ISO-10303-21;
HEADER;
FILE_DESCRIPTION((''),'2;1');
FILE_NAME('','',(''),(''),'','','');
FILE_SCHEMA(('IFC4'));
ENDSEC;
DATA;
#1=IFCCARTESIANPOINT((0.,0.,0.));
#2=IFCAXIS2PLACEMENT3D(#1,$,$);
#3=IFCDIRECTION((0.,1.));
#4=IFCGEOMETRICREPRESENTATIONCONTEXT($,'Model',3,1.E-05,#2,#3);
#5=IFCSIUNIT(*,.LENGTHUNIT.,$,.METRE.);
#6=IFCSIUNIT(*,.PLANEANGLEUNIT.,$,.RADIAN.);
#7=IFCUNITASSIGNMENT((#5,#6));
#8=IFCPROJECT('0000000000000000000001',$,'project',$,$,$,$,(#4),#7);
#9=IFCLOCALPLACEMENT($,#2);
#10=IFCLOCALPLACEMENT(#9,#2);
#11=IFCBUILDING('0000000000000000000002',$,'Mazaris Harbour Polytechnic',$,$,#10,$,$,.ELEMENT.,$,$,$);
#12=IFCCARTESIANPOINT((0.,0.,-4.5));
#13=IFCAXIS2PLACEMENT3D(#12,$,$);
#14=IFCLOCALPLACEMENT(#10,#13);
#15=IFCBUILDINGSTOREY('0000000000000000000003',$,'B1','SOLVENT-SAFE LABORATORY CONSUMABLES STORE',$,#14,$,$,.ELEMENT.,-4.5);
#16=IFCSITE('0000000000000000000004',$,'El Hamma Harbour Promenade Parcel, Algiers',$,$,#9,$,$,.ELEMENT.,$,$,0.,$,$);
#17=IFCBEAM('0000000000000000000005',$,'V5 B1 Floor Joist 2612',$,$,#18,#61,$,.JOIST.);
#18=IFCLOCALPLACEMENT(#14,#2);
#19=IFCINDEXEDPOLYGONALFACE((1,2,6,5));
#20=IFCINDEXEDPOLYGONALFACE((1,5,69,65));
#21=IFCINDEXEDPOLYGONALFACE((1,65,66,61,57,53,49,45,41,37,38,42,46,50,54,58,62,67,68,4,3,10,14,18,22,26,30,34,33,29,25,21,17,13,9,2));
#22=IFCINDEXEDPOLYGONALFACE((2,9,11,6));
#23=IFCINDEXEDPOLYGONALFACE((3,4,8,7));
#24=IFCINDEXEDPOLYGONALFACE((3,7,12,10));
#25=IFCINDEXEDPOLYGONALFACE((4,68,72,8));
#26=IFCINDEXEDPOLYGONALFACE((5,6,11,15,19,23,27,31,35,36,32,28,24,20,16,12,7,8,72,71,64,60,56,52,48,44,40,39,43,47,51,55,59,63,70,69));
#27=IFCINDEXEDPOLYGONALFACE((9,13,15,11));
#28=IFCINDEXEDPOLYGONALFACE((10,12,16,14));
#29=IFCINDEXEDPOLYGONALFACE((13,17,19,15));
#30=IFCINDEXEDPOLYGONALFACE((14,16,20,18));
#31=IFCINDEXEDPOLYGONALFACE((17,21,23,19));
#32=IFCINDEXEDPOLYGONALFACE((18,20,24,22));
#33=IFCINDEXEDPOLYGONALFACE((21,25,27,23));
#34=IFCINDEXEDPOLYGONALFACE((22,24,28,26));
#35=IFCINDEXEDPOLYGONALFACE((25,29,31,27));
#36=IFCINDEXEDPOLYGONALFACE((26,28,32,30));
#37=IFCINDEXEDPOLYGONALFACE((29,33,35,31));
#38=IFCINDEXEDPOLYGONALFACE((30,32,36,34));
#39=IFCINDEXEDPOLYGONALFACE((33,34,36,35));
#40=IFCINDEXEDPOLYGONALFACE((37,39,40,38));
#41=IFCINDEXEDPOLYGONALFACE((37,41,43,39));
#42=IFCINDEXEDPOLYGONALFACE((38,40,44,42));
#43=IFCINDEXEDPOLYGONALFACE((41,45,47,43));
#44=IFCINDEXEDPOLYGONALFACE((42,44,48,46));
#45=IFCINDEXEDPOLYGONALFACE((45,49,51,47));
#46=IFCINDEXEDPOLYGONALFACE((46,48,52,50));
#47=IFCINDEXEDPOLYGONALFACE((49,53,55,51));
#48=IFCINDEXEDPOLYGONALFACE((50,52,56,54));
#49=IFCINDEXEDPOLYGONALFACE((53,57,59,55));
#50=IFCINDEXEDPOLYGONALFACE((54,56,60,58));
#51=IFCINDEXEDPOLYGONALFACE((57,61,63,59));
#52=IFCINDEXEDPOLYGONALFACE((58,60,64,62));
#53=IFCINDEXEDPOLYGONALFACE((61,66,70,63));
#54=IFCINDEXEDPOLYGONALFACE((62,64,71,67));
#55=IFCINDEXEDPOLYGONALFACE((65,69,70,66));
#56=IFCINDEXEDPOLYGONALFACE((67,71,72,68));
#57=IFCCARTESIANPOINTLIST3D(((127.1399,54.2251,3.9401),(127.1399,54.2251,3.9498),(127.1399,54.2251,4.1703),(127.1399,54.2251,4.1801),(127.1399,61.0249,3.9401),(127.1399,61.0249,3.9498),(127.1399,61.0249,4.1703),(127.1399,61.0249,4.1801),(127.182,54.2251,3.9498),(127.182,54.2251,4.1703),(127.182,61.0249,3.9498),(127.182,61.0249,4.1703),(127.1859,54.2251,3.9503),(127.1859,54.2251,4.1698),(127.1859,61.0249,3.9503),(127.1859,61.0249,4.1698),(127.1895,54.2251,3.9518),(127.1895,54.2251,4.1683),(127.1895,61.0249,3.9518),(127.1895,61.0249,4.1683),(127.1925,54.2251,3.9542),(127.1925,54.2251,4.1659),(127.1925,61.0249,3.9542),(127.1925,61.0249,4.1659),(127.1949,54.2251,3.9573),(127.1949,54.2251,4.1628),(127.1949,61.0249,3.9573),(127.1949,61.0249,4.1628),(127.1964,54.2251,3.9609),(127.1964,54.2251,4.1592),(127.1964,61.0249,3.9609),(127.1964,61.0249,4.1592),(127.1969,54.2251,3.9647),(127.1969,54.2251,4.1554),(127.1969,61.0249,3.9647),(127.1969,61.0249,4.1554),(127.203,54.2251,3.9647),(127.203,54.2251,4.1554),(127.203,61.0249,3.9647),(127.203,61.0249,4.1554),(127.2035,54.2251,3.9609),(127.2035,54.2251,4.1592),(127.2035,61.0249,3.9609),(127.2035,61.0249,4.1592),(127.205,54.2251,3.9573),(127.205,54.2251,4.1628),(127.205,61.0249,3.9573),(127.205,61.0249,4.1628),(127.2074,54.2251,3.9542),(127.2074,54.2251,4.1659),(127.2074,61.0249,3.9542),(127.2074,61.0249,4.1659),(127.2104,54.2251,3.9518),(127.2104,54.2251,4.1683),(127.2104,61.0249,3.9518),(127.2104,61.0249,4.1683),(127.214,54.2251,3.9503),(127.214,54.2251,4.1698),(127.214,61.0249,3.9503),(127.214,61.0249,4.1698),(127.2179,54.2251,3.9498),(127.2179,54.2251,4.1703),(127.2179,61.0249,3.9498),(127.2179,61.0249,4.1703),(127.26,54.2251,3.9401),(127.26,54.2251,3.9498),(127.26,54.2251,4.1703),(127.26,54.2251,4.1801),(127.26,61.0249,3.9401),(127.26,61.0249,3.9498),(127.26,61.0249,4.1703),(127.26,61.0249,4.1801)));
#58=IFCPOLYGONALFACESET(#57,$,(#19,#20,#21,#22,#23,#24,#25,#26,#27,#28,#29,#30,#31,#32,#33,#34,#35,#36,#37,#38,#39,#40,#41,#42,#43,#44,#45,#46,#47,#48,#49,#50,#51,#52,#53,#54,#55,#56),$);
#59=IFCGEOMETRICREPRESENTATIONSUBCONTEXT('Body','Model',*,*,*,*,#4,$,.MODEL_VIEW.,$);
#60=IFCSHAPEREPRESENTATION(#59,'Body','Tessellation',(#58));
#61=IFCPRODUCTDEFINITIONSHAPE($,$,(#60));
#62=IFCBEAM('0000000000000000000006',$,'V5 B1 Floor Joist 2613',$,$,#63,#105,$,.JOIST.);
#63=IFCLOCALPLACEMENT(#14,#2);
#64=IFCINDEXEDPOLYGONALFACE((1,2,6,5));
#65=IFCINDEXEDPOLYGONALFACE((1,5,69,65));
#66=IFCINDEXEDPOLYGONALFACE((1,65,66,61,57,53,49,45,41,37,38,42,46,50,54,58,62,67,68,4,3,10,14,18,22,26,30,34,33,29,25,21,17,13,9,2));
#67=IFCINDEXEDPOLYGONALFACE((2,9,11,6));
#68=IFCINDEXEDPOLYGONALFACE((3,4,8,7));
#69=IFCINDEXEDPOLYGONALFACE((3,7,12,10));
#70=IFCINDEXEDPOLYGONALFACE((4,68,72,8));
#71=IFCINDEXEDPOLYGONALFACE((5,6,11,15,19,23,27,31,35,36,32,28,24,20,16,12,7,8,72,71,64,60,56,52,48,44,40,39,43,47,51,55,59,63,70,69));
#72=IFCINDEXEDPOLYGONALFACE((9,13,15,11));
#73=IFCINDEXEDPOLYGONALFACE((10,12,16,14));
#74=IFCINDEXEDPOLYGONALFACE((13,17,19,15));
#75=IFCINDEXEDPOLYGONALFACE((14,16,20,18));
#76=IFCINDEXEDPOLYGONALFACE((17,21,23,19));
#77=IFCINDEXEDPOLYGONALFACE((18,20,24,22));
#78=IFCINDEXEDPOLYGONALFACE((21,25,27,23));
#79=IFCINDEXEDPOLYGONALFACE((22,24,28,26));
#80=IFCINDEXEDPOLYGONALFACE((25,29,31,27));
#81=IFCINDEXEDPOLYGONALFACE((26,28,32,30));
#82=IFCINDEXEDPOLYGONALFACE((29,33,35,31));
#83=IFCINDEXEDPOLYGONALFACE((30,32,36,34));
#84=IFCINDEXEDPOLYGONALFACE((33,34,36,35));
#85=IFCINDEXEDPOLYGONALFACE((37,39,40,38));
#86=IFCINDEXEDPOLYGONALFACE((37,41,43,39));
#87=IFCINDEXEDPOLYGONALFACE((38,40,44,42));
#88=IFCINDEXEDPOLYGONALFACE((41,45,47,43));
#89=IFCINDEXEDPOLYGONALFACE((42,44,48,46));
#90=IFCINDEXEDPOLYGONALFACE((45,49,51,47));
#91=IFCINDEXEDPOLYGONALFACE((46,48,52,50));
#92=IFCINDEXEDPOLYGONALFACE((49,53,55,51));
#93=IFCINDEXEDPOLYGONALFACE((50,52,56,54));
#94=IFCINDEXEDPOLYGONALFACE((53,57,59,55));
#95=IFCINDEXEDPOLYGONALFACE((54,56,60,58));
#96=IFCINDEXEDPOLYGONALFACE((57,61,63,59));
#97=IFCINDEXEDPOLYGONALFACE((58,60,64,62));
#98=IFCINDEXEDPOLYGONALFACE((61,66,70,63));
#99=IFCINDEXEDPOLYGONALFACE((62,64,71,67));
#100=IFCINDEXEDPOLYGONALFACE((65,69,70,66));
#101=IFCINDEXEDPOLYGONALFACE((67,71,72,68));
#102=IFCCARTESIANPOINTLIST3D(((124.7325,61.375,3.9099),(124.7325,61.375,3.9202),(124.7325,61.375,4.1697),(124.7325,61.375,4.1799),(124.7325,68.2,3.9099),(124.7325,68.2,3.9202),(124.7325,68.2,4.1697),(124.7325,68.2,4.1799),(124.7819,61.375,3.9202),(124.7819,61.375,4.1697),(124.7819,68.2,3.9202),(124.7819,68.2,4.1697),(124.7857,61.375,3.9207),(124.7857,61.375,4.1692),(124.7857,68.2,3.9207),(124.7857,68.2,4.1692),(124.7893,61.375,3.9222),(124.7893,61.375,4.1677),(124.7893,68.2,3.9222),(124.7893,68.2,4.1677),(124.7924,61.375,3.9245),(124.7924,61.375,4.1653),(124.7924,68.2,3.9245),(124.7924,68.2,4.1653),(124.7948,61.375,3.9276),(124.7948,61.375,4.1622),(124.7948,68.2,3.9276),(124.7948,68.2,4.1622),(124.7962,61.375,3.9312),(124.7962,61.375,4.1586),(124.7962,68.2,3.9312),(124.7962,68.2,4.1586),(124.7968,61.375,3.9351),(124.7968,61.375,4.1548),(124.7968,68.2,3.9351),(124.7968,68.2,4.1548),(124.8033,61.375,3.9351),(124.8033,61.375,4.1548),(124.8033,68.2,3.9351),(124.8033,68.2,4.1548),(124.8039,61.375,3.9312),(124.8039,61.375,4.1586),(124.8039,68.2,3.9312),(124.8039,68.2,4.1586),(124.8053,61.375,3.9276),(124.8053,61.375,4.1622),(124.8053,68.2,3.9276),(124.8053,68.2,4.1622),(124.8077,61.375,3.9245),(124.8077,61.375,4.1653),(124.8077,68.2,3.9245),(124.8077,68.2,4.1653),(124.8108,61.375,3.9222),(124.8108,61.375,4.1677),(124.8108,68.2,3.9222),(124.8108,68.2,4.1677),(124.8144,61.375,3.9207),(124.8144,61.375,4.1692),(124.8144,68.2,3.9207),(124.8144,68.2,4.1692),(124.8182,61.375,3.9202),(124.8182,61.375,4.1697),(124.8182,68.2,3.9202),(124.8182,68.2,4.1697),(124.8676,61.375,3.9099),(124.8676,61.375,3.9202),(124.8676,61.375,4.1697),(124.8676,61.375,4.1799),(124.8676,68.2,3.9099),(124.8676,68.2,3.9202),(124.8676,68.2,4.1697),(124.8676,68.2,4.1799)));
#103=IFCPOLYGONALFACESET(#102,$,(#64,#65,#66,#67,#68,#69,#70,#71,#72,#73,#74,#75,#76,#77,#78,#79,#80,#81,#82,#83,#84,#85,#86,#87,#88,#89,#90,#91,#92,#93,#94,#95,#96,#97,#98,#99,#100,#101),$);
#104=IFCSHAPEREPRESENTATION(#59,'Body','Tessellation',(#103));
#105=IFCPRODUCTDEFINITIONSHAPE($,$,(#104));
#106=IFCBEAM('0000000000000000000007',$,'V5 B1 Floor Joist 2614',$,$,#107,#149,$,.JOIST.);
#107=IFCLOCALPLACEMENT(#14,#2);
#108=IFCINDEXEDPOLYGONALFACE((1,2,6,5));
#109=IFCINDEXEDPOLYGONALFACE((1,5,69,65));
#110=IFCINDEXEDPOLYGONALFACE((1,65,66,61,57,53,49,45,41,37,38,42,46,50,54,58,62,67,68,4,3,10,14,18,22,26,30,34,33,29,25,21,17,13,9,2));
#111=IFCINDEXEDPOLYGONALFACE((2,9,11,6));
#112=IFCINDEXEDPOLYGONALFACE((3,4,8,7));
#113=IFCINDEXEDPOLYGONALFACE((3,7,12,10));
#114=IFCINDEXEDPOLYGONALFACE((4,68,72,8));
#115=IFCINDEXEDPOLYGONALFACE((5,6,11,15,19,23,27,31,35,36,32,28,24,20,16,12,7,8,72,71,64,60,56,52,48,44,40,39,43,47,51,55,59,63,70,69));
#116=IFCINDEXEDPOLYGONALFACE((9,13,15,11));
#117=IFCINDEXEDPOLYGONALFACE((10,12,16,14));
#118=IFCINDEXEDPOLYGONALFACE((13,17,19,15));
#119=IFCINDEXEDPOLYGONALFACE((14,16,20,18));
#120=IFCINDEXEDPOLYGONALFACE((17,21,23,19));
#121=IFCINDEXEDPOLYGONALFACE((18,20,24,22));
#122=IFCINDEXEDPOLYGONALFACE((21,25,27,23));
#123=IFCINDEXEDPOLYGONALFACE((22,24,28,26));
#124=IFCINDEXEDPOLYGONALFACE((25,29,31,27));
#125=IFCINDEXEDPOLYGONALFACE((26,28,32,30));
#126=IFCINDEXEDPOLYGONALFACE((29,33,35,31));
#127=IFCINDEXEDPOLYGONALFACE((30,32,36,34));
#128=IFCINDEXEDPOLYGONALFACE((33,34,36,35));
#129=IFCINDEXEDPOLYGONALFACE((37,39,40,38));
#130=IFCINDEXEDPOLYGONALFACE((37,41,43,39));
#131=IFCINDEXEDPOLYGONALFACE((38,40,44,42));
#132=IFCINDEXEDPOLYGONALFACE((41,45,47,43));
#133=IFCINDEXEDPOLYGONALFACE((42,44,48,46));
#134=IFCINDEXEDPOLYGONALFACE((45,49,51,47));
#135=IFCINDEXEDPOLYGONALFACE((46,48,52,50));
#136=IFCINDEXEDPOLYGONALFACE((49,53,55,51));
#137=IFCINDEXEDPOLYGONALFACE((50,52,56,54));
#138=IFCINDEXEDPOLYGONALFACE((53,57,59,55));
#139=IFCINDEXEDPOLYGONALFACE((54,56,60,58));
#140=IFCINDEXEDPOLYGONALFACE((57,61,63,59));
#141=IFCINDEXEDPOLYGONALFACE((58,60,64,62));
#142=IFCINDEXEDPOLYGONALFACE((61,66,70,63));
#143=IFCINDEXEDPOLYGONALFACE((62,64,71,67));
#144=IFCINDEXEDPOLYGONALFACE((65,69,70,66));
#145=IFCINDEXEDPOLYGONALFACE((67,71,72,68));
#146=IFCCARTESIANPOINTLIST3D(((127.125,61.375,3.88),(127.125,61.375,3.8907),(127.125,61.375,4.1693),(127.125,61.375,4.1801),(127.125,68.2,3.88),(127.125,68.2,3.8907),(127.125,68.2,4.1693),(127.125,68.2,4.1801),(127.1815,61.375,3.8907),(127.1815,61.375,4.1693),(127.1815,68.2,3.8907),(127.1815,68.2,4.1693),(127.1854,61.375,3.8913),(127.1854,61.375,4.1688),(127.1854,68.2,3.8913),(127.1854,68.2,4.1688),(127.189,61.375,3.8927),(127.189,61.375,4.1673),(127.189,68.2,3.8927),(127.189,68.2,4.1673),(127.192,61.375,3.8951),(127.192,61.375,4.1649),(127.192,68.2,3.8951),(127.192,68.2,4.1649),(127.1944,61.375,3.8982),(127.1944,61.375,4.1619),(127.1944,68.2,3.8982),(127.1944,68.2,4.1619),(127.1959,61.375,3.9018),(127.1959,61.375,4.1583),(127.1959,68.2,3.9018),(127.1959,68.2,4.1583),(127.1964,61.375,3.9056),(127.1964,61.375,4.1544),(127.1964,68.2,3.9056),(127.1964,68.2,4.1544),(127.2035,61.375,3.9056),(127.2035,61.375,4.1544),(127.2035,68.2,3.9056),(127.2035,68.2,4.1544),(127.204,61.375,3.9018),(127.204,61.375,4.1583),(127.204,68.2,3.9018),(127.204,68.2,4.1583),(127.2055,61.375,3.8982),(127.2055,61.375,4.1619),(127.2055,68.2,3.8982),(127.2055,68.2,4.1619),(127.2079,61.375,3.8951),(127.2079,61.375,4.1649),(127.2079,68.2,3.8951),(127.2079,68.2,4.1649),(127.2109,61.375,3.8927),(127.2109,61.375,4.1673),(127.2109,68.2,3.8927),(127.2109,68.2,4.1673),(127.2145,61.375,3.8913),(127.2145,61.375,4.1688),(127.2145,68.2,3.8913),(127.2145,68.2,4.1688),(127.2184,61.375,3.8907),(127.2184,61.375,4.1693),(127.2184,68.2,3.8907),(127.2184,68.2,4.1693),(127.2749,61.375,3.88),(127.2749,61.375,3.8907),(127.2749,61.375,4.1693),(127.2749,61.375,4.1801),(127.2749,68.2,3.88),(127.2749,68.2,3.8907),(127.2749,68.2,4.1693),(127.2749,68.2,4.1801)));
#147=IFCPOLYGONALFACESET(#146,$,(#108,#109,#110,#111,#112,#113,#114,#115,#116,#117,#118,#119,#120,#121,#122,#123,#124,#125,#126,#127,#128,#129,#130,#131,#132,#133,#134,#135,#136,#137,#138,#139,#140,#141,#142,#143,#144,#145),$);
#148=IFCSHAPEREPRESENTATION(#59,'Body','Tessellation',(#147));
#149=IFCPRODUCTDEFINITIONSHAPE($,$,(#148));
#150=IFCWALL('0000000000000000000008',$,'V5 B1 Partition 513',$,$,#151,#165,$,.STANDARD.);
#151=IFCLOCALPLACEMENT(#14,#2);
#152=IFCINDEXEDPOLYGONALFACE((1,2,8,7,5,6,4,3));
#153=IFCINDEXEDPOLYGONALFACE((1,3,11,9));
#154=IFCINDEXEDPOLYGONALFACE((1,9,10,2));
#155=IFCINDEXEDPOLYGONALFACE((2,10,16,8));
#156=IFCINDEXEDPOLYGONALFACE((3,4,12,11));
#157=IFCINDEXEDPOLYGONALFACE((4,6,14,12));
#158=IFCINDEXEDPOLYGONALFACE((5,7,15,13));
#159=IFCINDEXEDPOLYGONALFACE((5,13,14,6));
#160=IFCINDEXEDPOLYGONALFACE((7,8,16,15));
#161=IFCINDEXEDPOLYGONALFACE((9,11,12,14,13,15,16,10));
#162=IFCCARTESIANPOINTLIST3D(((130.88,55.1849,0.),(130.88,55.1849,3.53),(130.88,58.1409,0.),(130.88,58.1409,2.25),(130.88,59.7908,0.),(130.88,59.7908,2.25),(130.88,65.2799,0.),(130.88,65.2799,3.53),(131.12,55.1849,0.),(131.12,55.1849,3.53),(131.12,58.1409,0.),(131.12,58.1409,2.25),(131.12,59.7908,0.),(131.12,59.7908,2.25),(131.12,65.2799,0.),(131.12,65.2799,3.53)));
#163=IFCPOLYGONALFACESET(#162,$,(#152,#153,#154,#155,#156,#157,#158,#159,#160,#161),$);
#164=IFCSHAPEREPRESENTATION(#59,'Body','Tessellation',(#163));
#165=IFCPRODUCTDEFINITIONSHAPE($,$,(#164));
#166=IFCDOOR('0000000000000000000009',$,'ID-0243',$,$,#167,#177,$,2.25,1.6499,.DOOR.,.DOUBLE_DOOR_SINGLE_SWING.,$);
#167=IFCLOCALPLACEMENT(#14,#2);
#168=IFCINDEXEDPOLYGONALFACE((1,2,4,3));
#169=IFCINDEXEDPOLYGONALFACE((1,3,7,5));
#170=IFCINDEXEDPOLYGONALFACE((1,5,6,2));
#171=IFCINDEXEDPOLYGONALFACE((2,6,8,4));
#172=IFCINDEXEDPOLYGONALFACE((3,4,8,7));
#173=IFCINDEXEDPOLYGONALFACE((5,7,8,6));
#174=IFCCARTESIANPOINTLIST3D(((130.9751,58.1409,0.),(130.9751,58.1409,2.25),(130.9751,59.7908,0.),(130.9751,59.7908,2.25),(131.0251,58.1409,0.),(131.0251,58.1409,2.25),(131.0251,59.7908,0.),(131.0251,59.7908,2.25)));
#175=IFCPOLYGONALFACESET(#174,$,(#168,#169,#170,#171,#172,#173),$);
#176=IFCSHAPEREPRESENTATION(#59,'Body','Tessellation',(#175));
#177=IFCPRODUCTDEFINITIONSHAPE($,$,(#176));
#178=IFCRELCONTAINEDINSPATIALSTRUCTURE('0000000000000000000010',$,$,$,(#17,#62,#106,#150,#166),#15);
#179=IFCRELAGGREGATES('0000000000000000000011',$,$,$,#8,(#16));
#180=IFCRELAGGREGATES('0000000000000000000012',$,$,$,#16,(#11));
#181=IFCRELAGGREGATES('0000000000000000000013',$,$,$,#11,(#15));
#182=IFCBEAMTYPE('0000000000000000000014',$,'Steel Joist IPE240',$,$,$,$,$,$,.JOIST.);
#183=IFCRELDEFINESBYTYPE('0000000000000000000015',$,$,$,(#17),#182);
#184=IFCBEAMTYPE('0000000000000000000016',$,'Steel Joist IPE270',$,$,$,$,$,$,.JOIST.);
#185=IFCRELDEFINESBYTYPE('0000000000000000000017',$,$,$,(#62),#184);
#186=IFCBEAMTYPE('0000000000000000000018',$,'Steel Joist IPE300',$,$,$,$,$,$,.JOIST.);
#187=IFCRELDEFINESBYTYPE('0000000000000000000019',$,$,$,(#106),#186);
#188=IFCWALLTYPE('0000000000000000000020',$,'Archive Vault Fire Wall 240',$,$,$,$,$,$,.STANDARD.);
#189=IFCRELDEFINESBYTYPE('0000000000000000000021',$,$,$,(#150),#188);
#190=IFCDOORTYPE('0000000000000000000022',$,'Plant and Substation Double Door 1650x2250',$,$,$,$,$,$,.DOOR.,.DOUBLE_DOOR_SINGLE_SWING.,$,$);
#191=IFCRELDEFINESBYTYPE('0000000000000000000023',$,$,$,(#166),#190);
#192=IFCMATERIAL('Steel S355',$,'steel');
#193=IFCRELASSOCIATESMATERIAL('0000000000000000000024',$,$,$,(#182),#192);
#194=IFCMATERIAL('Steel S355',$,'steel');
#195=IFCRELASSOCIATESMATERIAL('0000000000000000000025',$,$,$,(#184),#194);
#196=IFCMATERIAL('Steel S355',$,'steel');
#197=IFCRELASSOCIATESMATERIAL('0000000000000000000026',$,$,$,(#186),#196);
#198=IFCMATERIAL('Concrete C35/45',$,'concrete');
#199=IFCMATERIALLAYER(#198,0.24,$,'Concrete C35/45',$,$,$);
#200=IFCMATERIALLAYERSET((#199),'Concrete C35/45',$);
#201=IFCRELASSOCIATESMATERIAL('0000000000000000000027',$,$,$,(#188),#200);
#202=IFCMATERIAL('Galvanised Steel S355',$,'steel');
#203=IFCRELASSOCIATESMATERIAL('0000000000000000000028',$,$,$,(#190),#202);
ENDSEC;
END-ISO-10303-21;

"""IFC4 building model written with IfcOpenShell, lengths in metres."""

from ifc_helpers import new_model, si_unit, direction, frame, frame_2d, origin, origin_2d, place, context, subcontext, project, spatial, rectangle, i_section, extrude, material, layer, layer_set, material_profile, profile_set, type_object, element, fill, save


model = new_model("IFC4")

# Units and contexts
model_context = context("Model", 3, precision=1e-05, world=origin(), true_north=direction((0.0, 1.0)))
body_context = subcontext(model_context, "Body", "Model", "MODEL_VIEW")
ifc_project = project(units=[si_unit("LENGTHUNIT", "METRE"), si_unit("PLANEANGLEUNIT", "RADIAN")], contexts=[model_context])

# Site, building, storey
site_placement = place(None, origin())
site = spatial("IfcSite", under=ifc_project, at=site_placement, Name="El Hamma Harbour Promenade Parcel, Algiers", CompositionType="ELEMENT", RefElevation=0.0)
building_placement = place(site_placement, origin())
building = spatial("IfcBuilding", under=site, at=building_placement, Name="Mazaris Harbour Polytechnic", CompositionType="ELEMENT")
storey_placement = place(building_placement, frame((0.0, 0.0, -4.5)))
storey = spatial("IfcBuildingStorey", under=building, at=storey_placement, Name="B1", Description="SOLVENT-SAFE LABORATORY CONSUMABLES STORE", CompositionType="ELEMENT", Elevation=-4.5)

# Beams
ifc_material_1 = material(Name="Steel S355", Category="steel")
ifc_material_profile_1 = material_profile(ifc_material_1, i_section(OverallWidth=0.1201, OverallDepth=0.24, WebThickness=0.0061, FlangeThickness=0.0098, FilletRadius=0.0149, at=origin_2d()), Name="IPE 240")
ifc_profile_set_1 = profile_set([ifc_material_profile_1], Name="Steel S355")
beam_type_1 = type_object("IfcBeamType", Name="Steel Joist IPE240", PredefinedType="JOIST", material=ifc_profile_set_1)
beam_1_placement = place(storey_placement, frame((127.2, 54.2251, 4.0601), z_axis=(0.0, 1.0, 0.0), x_axis=(-1.0, 0.0, 0.0)))
element("IfcBeam", 1, at=beam_1_placement, inside=storey, type_object=beam_type_1, Name="V5 B1 Floor Joist 2612", PredefinedType="JOIST", context=body_context, shape_type="SweptSolid", body=[
    extrude(i_section(OverallWidth=0.1201, OverallDepth=0.24, WebThickness=0.0061, FlangeThickness=0.0098, FilletRadius=0.0149, at=origin_2d()), origin(), (0.0, 0.0, 1.0), 6.7998),
])
ifc_material_2 = material(Name="Steel S355", Category="steel")
ifc_material_profile_2 = material_profile(ifc_material_2, i_section(OverallWidth=0.135, OverallDepth=0.27, WebThickness=0.0066, FlangeThickness=0.0103, FilletRadius=0.0149, at=origin_2d()), Name="IPE 270")
ifc_profile_set_2 = profile_set([ifc_material_profile_2], Name="Steel S355")
beam_type_2 = type_object("IfcBeamType", Name="Steel Joist IPE270", PredefinedType="JOIST", material=ifc_profile_set_2)
beam_2_placement = place(storey_placement, frame((124.8, 61.375, 4.0449), z_axis=(0.0, 1.0, 0.0), x_axis=(-1.0, 0.0, 0.0)))
element("IfcBeam", 2, at=beam_2_placement, inside=storey, type_object=beam_type_2, Name="V5 B1 Floor Joist 2613", PredefinedType="JOIST", context=body_context, shape_type="SweptSolid", body=[
    extrude(i_section(OverallWidth=0.135, OverallDepth=0.27, WebThickness=0.0066, FlangeThickness=0.0103, FilletRadius=0.0149, at=origin_2d()), origin(), (0.0, 0.0, 1.0), 6.825),
])
ifc_material_3 = material(Name="Steel S355", Category="steel")
ifc_material_profile_3 = material_profile(ifc_material_3, i_section(OverallWidth=0.1499, OverallDepth=0.3, WebThickness=0.0071, FlangeThickness=0.0107, FilletRadius=0.0149, at=origin_2d()), Name="IPE 300")
ifc_profile_set_3 = profile_set([ifc_material_profile_3], Name="Steel S355")
beam_type_3 = type_object("IfcBeamType", Name="Steel Joist IPE300", PredefinedType="JOIST", material=ifc_profile_set_3)
beam_3_placement = place(storey_placement, frame((127.2, 61.375, 4.03), z_axis=(0.0, 1.0, 0.0), x_axis=(-1.0, 0.0, 0.0)))
element("IfcBeam", 3, at=beam_3_placement, inside=storey, type_object=beam_type_3, Name="V5 B1 Floor Joist 2614", PredefinedType="JOIST", context=body_context, shape_type="SweptSolid", body=[
    extrude(i_section(OverallWidth=0.1499, OverallDepth=0.3, WebThickness=0.0071, FlangeThickness=0.0107, FilletRadius=0.0149, at=origin_2d()), origin(), (0.0, 0.0, 1.0), 6.825),
])

# Wall, opening, door
ifc_material_4 = material(Name="Concrete C35/45", Category="concrete")
ifc_layer_1 = layer(ifc_material_4, 0.24, Name="Concrete C35/45")
ifc_layer_set_1 = layer_set([ifc_layer_1], Name="Concrete C35/45")
wall_type_1 = type_object("IfcWallType", Name="Archive Vault Fire Wall 240", PredefinedType="STANDARD", material=ifc_layer_set_1)
wall_1_placement = place(storey_placement, frame((131.0, 55.1851, 0.0), z_axis=(0.0, 0.0, 1.0), x_axis=(0.0, 1.0, 0.0)))
wall_1 = element("IfcWall", 4, at=wall_1_placement, inside=storey, type_object=wall_type_1, Name="V5 B1 Partition 513", PredefinedType="STANDARD", context=body_context, shape_type="SweptSolid", body=[
    extrude(rectangle(XDim=10.095, YDim=0.24, at=frame_2d((5.0474, 0.0))), origin(), (0.0, 0.0, 1.0), 3.53),
])
opening_placement = place(wall_1_placement, frame((2.9558, 0.0, 0.0)))
opening = element("IfcOpeningElement", 5, at=opening_placement, cuts=wall_1, PredefinedType="OPENING", context=body_context, shape_type="SweptSolid", body=[
    extrude(rectangle(XDim=1.6499, YDim=2.25, at=frame_2d((0.825, 1.125))), frame((0.0, 0.1299, 0.0), z_axis=(0.0, -1.0, 0.0), x_axis=(1.0, 0.0, 0.0)), (0.0, 0.0, 1.0), 0.26),
])
ifc_material_5 = material(Name="Galvanised Steel S355", Category="steel")
door_type = type_object("IfcDoorType", Name="Plant and Substation Double Door 1650x2250", OperationType="DOUBLE_DOOR_SINGLE_SWING", PredefinedType="DOOR", material=ifc_material_5)
door_placement = place(opening_placement, origin())
door = element("IfcDoor", 6, at=door_placement, inside=storey, type_object=door_type, Name="ID-0243", OperationType="DOUBLE_DOOR_SINGLE_SWING", OverallHeight=2.25, OverallWidth=1.6499, PredefinedType="DOOR", context=body_context, shape_type="SweptSolid", body=[
    extrude(rectangle(XDim=1.6499, YDim=2.25, at=frame_2d((0.825, 1.125))), frame((0.0, 0.0249, 0.0), z_axis=(0.0, -1.0, 0.0), x_axis=(1.0, 0.0, 0.0)), (0.0, 0.0, 1.0), 0.05),
])
fill(opening, door)

save(model, "model.ifc")
